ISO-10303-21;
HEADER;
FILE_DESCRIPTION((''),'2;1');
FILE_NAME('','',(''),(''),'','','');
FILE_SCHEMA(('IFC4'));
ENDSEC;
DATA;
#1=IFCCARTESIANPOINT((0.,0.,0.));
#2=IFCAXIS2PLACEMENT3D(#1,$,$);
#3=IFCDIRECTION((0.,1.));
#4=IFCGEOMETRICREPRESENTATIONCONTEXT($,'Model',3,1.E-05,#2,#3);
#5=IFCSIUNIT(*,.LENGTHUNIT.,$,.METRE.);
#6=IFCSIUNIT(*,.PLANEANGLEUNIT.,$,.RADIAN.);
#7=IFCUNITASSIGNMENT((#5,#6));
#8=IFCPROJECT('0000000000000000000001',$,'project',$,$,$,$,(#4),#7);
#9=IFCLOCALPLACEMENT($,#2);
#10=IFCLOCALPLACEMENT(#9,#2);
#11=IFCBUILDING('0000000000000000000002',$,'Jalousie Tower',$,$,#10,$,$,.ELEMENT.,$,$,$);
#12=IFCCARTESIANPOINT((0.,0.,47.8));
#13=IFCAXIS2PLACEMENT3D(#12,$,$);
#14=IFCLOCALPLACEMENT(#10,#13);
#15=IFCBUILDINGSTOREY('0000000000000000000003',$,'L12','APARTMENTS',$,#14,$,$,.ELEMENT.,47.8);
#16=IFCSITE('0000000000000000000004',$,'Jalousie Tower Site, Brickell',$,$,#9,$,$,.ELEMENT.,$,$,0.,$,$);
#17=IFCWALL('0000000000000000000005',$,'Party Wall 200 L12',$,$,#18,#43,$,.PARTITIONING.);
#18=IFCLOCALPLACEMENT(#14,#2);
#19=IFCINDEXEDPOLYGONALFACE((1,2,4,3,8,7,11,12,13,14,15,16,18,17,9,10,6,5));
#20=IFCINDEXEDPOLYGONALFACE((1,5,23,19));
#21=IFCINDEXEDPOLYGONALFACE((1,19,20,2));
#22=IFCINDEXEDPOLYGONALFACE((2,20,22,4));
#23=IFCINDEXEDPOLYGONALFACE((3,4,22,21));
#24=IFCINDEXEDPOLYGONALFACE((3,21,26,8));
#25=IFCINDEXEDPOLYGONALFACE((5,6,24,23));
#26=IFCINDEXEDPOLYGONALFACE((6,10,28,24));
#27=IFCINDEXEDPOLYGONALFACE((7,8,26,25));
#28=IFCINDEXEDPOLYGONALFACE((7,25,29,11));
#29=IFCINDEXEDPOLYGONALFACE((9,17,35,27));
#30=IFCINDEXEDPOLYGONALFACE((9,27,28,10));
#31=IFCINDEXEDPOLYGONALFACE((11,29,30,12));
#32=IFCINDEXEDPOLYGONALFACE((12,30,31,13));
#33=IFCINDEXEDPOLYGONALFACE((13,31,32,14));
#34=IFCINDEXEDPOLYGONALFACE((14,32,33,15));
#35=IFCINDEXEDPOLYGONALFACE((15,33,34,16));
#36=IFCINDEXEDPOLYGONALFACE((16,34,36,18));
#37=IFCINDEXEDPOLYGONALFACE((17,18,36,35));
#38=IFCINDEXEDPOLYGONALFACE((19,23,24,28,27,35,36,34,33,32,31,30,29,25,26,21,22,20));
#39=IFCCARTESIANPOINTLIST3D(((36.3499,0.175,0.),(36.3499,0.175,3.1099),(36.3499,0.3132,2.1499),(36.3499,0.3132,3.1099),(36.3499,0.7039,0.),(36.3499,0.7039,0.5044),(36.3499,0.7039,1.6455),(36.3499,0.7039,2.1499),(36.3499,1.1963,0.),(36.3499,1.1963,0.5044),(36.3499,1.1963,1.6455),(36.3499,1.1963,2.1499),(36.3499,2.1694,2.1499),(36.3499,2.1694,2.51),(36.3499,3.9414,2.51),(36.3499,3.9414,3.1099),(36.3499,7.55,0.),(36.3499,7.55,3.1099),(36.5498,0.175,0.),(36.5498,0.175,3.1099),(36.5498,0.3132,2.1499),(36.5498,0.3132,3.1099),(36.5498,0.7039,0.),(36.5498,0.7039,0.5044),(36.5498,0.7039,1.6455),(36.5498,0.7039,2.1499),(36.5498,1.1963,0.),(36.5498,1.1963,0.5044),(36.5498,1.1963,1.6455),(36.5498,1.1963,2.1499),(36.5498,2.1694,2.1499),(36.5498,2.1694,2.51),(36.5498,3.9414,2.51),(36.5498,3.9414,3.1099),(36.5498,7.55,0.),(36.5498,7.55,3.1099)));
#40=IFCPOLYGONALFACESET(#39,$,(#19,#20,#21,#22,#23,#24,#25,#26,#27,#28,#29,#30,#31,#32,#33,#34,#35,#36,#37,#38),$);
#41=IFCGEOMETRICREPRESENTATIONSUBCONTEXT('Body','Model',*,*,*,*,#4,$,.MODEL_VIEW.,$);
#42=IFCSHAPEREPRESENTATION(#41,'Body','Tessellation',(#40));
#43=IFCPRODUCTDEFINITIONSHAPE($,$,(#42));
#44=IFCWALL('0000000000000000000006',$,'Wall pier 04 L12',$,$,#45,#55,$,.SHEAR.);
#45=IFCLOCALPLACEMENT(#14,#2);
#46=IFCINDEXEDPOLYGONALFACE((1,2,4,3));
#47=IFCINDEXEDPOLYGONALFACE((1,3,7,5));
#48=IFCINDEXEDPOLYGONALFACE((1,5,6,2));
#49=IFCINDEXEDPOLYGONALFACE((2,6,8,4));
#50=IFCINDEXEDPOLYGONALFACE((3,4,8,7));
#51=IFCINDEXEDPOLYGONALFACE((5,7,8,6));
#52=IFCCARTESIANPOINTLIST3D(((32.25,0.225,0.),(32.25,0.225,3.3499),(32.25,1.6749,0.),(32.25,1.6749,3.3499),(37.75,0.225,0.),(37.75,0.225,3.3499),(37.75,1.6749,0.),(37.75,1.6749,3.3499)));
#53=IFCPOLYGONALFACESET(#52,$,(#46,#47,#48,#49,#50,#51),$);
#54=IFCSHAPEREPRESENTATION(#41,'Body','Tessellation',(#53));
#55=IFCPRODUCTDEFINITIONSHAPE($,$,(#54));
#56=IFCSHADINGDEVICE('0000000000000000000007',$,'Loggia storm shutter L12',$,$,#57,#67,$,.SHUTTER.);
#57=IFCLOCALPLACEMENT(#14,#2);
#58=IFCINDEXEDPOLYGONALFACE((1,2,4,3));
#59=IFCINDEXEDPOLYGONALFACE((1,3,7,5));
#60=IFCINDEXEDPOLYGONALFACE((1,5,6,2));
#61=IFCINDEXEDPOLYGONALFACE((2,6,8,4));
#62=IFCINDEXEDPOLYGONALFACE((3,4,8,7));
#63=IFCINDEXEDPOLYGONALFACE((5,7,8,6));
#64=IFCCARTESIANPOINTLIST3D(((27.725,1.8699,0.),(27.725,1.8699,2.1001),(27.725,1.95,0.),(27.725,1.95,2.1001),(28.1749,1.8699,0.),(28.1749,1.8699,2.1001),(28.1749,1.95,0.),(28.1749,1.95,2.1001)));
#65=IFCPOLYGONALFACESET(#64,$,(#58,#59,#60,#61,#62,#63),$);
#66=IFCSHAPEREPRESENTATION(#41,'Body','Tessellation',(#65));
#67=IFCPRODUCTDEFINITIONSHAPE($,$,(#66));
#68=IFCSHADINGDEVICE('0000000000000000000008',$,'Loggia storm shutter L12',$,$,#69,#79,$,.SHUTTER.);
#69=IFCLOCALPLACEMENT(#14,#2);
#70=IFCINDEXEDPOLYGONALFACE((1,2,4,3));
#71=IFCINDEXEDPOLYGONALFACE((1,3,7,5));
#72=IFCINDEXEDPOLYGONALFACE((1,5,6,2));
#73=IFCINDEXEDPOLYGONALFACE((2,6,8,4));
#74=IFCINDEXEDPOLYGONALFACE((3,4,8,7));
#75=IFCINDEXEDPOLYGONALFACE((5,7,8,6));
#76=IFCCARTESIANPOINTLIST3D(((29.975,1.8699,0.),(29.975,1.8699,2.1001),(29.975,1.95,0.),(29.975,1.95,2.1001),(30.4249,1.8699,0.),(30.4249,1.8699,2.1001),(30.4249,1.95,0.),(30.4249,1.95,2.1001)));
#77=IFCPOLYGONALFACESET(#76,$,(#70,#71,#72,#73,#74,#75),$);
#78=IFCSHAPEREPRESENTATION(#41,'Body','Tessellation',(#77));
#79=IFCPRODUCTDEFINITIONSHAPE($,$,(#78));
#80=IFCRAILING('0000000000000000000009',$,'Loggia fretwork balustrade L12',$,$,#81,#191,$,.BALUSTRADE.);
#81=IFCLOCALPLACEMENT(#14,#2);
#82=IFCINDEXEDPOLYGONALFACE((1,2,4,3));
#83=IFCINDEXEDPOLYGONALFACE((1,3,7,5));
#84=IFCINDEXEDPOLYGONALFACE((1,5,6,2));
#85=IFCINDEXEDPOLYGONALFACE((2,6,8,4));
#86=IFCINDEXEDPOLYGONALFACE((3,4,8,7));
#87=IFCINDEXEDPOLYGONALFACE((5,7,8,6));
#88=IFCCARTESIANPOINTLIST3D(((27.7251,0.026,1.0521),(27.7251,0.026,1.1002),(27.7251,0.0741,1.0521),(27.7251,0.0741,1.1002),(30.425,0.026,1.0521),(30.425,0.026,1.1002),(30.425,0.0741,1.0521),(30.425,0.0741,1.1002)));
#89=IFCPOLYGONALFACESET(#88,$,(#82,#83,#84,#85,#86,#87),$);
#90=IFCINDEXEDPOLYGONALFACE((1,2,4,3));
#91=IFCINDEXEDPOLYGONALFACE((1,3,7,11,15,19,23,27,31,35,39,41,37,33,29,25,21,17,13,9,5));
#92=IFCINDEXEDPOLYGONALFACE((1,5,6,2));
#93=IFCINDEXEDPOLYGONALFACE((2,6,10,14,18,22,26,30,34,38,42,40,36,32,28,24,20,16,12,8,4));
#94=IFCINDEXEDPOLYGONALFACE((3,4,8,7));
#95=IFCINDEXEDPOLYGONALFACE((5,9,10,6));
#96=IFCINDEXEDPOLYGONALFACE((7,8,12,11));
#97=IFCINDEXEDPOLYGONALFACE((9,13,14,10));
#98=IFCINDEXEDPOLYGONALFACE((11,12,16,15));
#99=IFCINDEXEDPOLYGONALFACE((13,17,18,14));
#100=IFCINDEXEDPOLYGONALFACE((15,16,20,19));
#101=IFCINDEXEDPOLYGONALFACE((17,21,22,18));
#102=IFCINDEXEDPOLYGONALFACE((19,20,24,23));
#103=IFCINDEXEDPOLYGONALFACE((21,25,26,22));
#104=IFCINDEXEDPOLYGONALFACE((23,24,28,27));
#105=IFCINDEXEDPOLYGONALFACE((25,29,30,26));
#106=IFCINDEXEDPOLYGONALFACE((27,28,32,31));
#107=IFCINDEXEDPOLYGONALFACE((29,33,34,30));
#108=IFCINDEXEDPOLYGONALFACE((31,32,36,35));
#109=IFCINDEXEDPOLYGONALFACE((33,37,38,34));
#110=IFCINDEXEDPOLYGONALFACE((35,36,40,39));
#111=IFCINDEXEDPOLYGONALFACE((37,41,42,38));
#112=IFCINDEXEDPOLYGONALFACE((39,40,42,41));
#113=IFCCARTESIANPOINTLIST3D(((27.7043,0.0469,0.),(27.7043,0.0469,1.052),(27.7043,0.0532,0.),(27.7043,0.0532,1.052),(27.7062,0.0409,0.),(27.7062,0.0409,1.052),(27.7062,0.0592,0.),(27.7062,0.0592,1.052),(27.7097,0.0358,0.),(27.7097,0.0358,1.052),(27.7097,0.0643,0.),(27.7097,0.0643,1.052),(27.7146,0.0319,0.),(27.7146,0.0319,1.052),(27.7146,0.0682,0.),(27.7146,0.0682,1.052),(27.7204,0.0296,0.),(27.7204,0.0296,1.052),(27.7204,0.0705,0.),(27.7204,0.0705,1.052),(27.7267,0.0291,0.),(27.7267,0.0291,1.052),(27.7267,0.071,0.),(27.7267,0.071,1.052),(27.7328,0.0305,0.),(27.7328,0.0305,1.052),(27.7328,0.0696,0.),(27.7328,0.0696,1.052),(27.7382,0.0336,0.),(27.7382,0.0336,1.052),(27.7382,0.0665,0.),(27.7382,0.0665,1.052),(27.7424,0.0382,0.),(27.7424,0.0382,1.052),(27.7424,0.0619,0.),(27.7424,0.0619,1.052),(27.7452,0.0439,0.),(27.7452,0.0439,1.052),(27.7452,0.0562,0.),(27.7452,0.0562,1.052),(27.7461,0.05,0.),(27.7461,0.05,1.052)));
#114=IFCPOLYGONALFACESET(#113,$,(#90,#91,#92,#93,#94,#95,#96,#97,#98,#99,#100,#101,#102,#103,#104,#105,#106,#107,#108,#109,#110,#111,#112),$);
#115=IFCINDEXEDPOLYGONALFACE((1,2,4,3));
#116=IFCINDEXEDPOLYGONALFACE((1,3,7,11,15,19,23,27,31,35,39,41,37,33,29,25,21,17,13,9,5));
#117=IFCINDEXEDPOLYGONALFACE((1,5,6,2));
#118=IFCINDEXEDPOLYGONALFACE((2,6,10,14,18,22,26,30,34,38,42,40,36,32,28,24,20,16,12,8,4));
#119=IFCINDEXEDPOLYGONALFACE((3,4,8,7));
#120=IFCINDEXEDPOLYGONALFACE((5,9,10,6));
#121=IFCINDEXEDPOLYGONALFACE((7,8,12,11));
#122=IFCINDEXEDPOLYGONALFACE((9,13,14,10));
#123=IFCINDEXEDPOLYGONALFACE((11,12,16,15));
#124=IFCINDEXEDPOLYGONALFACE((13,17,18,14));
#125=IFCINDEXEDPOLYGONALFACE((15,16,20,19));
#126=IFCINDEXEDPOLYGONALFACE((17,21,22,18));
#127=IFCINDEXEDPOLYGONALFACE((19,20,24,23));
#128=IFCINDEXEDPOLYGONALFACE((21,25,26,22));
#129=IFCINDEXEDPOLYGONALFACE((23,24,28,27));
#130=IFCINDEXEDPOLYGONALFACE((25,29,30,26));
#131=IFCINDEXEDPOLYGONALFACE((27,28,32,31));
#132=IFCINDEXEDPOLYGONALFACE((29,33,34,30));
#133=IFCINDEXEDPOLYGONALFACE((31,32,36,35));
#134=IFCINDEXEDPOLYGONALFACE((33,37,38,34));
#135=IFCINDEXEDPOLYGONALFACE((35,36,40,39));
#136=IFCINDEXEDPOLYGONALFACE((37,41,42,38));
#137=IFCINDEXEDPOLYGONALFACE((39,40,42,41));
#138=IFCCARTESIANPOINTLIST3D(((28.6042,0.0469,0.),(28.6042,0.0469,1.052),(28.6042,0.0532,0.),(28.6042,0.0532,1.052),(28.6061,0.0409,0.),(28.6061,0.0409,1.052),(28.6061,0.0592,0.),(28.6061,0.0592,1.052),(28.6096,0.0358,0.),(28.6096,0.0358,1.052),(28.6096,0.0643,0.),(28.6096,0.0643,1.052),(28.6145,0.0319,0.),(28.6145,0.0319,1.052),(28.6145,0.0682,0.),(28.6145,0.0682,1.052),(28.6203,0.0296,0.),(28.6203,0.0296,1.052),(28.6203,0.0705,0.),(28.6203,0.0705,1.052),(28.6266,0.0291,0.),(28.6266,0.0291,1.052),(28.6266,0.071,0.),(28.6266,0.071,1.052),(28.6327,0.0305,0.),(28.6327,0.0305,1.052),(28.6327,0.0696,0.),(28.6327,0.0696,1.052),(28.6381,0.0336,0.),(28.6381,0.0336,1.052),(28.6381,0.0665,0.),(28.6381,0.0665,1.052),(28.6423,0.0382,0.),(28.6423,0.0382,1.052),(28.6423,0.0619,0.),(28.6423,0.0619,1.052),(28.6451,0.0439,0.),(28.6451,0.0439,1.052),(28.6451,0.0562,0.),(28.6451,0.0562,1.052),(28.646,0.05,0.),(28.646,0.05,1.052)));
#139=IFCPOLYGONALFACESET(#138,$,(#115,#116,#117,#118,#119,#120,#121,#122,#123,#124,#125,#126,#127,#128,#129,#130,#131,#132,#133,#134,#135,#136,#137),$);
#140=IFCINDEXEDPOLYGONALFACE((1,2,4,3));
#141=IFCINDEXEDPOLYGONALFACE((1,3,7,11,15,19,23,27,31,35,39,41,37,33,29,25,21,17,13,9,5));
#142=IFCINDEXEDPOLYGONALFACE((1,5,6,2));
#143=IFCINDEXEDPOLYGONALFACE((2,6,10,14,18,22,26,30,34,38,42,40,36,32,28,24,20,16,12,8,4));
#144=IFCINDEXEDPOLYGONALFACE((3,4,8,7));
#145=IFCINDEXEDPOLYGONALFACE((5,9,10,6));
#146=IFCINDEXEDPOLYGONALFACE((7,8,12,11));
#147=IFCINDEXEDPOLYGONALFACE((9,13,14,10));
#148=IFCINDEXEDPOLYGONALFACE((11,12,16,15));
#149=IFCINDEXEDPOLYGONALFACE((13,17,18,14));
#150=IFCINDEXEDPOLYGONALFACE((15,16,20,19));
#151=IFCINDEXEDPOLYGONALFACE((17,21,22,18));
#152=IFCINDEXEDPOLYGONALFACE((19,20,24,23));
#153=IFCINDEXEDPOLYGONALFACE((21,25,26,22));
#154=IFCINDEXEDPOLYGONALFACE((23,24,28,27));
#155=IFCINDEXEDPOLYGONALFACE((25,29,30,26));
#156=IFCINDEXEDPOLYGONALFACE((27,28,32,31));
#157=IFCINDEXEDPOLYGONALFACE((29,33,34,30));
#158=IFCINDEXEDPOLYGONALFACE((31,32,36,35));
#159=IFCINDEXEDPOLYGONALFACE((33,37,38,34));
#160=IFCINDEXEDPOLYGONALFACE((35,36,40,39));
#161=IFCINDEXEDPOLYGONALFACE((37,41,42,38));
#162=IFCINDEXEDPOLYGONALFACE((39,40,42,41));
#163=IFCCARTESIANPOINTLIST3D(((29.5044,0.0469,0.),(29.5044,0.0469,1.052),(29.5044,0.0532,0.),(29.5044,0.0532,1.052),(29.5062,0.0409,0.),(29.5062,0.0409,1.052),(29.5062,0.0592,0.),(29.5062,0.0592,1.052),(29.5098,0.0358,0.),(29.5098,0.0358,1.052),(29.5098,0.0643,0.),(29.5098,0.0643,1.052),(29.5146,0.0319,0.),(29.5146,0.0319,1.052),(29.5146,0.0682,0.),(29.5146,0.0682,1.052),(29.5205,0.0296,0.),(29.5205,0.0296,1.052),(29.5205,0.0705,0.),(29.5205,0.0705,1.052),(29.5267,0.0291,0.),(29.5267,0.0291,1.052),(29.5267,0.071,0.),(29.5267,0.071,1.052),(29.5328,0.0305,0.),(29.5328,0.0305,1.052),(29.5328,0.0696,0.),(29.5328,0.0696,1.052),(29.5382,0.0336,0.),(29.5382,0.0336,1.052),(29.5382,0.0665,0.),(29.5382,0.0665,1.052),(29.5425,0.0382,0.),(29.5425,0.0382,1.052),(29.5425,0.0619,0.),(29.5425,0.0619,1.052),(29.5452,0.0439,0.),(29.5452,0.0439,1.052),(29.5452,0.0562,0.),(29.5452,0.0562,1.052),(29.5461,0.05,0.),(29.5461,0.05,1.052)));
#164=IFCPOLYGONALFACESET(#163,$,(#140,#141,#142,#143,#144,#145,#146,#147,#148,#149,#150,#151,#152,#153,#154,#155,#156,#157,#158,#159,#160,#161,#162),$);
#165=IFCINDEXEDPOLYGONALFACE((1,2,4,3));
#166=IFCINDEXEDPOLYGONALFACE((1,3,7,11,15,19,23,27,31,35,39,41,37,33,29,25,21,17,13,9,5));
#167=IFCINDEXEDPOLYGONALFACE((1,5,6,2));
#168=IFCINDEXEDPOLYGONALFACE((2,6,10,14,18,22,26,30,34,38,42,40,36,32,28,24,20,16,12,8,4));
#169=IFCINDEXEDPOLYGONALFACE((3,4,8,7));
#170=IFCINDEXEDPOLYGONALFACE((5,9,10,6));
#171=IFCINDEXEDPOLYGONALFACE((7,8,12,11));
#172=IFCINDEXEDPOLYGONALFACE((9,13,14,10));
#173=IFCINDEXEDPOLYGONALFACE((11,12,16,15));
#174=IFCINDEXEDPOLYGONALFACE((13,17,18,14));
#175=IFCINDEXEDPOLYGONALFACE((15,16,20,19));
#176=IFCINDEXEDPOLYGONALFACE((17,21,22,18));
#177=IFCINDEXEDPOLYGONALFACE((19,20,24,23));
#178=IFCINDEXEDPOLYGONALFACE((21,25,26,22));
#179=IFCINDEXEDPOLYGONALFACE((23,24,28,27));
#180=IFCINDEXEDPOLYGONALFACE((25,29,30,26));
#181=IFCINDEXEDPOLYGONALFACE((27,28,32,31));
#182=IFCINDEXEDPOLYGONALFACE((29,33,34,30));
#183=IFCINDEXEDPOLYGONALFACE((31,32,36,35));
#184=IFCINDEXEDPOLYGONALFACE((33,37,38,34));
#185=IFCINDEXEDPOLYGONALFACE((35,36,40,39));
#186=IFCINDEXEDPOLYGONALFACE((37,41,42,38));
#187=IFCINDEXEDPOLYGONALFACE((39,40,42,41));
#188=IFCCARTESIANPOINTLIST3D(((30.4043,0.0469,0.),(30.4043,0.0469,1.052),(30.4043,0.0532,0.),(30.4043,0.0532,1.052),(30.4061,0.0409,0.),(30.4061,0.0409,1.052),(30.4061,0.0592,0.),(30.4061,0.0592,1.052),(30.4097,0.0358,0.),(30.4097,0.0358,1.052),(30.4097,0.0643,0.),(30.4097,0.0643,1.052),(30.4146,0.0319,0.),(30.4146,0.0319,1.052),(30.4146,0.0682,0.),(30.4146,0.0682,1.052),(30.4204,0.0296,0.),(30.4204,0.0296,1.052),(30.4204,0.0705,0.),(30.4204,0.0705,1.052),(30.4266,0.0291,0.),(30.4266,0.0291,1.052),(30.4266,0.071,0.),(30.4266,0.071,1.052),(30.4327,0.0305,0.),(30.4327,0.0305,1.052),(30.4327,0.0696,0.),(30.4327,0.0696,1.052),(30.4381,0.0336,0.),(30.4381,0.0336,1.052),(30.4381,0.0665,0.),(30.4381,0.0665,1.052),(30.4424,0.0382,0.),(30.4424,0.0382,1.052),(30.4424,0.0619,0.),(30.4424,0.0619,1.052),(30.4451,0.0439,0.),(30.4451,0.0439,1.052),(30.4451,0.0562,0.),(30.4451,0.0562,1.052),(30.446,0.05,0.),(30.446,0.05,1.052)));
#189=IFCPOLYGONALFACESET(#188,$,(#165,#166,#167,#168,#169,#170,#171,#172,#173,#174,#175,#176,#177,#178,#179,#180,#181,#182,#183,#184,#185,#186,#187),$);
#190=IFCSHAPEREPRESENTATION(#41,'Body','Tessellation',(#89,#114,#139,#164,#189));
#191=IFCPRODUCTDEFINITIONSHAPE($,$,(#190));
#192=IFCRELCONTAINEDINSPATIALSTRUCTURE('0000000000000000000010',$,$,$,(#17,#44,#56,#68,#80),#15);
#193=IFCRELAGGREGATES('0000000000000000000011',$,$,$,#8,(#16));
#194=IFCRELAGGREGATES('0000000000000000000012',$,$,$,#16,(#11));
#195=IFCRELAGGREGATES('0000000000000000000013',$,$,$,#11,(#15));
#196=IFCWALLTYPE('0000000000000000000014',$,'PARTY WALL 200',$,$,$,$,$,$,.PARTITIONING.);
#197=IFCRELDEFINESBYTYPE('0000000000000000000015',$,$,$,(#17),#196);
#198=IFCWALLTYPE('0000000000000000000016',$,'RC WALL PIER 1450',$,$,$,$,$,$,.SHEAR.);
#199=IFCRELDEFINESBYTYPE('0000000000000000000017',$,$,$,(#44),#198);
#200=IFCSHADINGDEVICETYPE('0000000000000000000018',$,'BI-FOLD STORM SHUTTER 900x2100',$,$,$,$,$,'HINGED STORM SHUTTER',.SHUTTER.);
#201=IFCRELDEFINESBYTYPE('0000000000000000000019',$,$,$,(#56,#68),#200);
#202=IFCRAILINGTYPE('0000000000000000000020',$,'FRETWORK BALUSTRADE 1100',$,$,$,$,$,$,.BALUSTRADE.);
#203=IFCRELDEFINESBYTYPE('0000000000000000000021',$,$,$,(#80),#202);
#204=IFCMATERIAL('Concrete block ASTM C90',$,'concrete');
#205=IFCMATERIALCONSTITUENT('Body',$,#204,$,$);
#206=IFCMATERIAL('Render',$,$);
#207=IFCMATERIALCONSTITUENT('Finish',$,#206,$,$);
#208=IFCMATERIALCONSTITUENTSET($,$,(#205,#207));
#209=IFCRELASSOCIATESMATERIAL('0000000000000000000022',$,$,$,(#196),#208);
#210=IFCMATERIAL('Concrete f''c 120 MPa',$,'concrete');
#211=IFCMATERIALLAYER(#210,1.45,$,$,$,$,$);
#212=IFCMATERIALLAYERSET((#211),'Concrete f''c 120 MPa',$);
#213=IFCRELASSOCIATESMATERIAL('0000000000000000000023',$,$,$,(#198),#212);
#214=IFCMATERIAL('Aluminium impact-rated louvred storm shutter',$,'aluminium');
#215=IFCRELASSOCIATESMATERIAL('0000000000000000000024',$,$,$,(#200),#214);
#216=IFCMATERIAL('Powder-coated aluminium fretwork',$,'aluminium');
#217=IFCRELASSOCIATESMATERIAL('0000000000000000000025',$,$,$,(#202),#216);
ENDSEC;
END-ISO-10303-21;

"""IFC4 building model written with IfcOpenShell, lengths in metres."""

from ifc_helpers import new_model, si_unit, direction, frame, frame_2d, origin, origin_2d, place, context, subcontext, project, spatial, polyline, rectangle, circle, outline, extrude, material, layer, layer_set, constituent, constituent_set, type_object, element, save


model = new_model("IFC4")

# Units and contexts
model_context = context("Model", 3, precision=1e-05, world=origin(), true_north=direction((0.0, 1.0)))
body_context = subcontext(model_context, "Body", "Model", "MODEL_VIEW")
ifc_project = project(units=[si_unit("LENGTHUNIT", "METRE"), si_unit("PLANEANGLEUNIT", "RADIAN")], contexts=[model_context])

# Site, building, storey
site_placement = place(None, origin())
site = spatial("IfcSite", under=ifc_project, at=site_placement, Name="Jalousie Tower Site, Brickell", CompositionType="ELEMENT", RefElevation=0.0)
building_placement = place(site_placement, origin())
building = spatial("IfcBuilding", under=site, at=building_placement, Name="Jalousie Tower", CompositionType="ELEMENT")
storey_placement = place(building_placement, frame((0.0, 0.0, 47.8)))
storey = spatial("IfcBuildingStorey", under=building, at=storey_placement, Name="L12", Description="APARTMENTS", CompositionType="ELEMENT", Elevation=47.8)

# Walls
ifc_material_1 = material(Name="Concrete block ASTM C90", Category="concrete")
ifc_constituent_1 = constituent(ifc_material_1, Name="Body")
ifc_material_2 = material(Name="Render")
ifc_constituent_2 = constituent(ifc_material_2, Name="Finish")
ifc_constituent_set_1 = constituent_set(constituents=[ifc_constituent_1, ifc_constituent_2])
wall_type_1 = type_object("IfcWallType", Name="PARTY WALL 200", PredefinedType="PARTITIONING", material=ifc_constituent_set_1)
wall_1_placement = place(storey_placement, frame((36.45, 0.175, 0.0), z_axis=(0.0, 0.0, 1.0), x_axis=(0.0, 1.0, 0.0)))
element("IfcWall", 1, at=wall_1_placement, inside=storey, type_object=wall_type_1, Name="Party Wall 200 L12", PredefinedType="PARTITIONING", context=body_context, shape_type="SweptSolid", body=[
    extrude(outline(polyline([(0.1382, 3.1099), (0.0, 3.1099), (0.0, 0.0), (0.5288, 0.0), (0.5288, 0.5044), (1.0212, 0.5044), (1.0212, 0.0), (7.375, 0.0), (7.375, 3.1099), (3.7664, 3.1099), (3.7664, 2.51), (1.9944, 2.51), (1.9944, 2.1499), (1.0212, 2.1499), (1.0212, 1.6455), (0.5288, 1.6455), (0.5288, 2.1499), (0.1382, 2.1499), (0.1382, 3.1099)])), frame((0.0, 0.1001, 0.0), z_axis=(0.0, -1.0, 0.0), x_axis=(1.0, 0.0, 0.0)), (0.0, 0.0, 1.0), 0.2),
])
ifc_material_3 = material(Name="Concrete f'c 120 MPa", Category="concrete")
ifc_layer_1 = layer(ifc_material_3, 1.45)
ifc_layer_set_1 = layer_set([ifc_layer_1], Name="Concrete f'c 120 MPa")
wall_type_2 = type_object("IfcWallType", Name="RC WALL PIER 1450", PredefinedType="SHEAR", material=ifc_layer_set_1)
wall_2_placement = place(storey_placement, frame((32.25, 0.95, 0.0), z_axis=(0.0, 0.0, 1.0), x_axis=(1.0, 0.0, 0.0)))
element("IfcWall", 2, at=wall_2_placement, inside=storey, type_object=wall_type_2, Name="Wall pier 04 L12", PredefinedType="SHEAR", context=body_context, shape_type="SweptSolid", body=[
    extrude(rectangle(XDim=5.5, YDim=1.45, at=frame_2d((2.75, 0.0))), origin(), (0.0, 0.0, 1.0), 3.3499),
])

# Shading devices
ifc_material_4 = material(Name="Aluminium impact-rated louvred storm shutter", Category="aluminium")
shading_device_type_1 = type_object("IfcShadingDeviceType", Name="BI-FOLD STORM SHUTTER 900x2100", ElementType="HINGED STORM SHUTTER", PredefinedType="SHUTTER", material=ifc_material_4)
for number, where, z_axis, x_axis, name in (
    (3, (27.95, 1.9099, 0.0), (0.0, 0.0, 1.0), (1.0, 0.0, 0.0), "Loggia storm shutter L12"),
    (4, (30.2, 1.9099, 0.0), (0.0, 0.0, 1.0), (1.0, 0.0, 0.0), "Loggia storm shutter L12"),
):
    element("IfcShadingDevice", number, at=place(storey_placement, frame(where, z_axis=z_axis, x_axis=x_axis)), inside=storey, type_object=shading_device_type_1, Name=name, PredefinedType="SHUTTER", context=body_context, shape_type="SweptSolid", body=[
        extrude(rectangle(XDim=0.45, YDim=0.0801, at=origin_2d()), origin(), (0.0, 0.0, 1.0), 2.1001),
    ])

# Railing
ifc_material_5 = material(Name="Powder-coated aluminium fretwork", Category="aluminium")
railing_type = type_object("IfcRailingType", Name="FRETWORK BALUSTRADE 1100", PredefinedType="BALUSTRADE", material=ifc_material_5)
railing_placement = place(storey_placement, frame((27.7251, 0.05, 0.0)))
element("IfcRailing", 5, at=railing_placement, inside=storey, type_object=railing_type, Name="Loggia fretwork balustrade L12", PredefinedType="BALUSTRADE", context=body_context, shape_type="SweptSolid", body=[
    extrude(rectangle(XDim=0.0481, YDim=0.0481, at=origin_2d()), frame((0.0, 0.0, 1.0762), z_axis=(1.0, 0.0, 0.0), x_axis=(0.0, 1.0, 0.0)), (0.0, 0.0, 1.0), 2.7),
    extrude(circle(Radius=0.021, at=origin_2d()), origin(), (0.0, 0.0, 1.0), 1.052),
    extrude(circle(Radius=0.021, at=origin_2d()), frame((0.8999, 0.0, 0.0)), (0.0, 0.0, 1.0), 1.052),
    extrude(circle(Radius=0.021, at=origin_2d()), frame((1.8, 0.0, 0.0)), (0.0, 0.0, 1.0), 1.052),
    extrude(circle(Radius=0.021, at=origin_2d()), frame((2.7, 0.0, 0.0)), (0.0, 0.0, 1.0), 1.052),
])

save(model, "model.ifc")
